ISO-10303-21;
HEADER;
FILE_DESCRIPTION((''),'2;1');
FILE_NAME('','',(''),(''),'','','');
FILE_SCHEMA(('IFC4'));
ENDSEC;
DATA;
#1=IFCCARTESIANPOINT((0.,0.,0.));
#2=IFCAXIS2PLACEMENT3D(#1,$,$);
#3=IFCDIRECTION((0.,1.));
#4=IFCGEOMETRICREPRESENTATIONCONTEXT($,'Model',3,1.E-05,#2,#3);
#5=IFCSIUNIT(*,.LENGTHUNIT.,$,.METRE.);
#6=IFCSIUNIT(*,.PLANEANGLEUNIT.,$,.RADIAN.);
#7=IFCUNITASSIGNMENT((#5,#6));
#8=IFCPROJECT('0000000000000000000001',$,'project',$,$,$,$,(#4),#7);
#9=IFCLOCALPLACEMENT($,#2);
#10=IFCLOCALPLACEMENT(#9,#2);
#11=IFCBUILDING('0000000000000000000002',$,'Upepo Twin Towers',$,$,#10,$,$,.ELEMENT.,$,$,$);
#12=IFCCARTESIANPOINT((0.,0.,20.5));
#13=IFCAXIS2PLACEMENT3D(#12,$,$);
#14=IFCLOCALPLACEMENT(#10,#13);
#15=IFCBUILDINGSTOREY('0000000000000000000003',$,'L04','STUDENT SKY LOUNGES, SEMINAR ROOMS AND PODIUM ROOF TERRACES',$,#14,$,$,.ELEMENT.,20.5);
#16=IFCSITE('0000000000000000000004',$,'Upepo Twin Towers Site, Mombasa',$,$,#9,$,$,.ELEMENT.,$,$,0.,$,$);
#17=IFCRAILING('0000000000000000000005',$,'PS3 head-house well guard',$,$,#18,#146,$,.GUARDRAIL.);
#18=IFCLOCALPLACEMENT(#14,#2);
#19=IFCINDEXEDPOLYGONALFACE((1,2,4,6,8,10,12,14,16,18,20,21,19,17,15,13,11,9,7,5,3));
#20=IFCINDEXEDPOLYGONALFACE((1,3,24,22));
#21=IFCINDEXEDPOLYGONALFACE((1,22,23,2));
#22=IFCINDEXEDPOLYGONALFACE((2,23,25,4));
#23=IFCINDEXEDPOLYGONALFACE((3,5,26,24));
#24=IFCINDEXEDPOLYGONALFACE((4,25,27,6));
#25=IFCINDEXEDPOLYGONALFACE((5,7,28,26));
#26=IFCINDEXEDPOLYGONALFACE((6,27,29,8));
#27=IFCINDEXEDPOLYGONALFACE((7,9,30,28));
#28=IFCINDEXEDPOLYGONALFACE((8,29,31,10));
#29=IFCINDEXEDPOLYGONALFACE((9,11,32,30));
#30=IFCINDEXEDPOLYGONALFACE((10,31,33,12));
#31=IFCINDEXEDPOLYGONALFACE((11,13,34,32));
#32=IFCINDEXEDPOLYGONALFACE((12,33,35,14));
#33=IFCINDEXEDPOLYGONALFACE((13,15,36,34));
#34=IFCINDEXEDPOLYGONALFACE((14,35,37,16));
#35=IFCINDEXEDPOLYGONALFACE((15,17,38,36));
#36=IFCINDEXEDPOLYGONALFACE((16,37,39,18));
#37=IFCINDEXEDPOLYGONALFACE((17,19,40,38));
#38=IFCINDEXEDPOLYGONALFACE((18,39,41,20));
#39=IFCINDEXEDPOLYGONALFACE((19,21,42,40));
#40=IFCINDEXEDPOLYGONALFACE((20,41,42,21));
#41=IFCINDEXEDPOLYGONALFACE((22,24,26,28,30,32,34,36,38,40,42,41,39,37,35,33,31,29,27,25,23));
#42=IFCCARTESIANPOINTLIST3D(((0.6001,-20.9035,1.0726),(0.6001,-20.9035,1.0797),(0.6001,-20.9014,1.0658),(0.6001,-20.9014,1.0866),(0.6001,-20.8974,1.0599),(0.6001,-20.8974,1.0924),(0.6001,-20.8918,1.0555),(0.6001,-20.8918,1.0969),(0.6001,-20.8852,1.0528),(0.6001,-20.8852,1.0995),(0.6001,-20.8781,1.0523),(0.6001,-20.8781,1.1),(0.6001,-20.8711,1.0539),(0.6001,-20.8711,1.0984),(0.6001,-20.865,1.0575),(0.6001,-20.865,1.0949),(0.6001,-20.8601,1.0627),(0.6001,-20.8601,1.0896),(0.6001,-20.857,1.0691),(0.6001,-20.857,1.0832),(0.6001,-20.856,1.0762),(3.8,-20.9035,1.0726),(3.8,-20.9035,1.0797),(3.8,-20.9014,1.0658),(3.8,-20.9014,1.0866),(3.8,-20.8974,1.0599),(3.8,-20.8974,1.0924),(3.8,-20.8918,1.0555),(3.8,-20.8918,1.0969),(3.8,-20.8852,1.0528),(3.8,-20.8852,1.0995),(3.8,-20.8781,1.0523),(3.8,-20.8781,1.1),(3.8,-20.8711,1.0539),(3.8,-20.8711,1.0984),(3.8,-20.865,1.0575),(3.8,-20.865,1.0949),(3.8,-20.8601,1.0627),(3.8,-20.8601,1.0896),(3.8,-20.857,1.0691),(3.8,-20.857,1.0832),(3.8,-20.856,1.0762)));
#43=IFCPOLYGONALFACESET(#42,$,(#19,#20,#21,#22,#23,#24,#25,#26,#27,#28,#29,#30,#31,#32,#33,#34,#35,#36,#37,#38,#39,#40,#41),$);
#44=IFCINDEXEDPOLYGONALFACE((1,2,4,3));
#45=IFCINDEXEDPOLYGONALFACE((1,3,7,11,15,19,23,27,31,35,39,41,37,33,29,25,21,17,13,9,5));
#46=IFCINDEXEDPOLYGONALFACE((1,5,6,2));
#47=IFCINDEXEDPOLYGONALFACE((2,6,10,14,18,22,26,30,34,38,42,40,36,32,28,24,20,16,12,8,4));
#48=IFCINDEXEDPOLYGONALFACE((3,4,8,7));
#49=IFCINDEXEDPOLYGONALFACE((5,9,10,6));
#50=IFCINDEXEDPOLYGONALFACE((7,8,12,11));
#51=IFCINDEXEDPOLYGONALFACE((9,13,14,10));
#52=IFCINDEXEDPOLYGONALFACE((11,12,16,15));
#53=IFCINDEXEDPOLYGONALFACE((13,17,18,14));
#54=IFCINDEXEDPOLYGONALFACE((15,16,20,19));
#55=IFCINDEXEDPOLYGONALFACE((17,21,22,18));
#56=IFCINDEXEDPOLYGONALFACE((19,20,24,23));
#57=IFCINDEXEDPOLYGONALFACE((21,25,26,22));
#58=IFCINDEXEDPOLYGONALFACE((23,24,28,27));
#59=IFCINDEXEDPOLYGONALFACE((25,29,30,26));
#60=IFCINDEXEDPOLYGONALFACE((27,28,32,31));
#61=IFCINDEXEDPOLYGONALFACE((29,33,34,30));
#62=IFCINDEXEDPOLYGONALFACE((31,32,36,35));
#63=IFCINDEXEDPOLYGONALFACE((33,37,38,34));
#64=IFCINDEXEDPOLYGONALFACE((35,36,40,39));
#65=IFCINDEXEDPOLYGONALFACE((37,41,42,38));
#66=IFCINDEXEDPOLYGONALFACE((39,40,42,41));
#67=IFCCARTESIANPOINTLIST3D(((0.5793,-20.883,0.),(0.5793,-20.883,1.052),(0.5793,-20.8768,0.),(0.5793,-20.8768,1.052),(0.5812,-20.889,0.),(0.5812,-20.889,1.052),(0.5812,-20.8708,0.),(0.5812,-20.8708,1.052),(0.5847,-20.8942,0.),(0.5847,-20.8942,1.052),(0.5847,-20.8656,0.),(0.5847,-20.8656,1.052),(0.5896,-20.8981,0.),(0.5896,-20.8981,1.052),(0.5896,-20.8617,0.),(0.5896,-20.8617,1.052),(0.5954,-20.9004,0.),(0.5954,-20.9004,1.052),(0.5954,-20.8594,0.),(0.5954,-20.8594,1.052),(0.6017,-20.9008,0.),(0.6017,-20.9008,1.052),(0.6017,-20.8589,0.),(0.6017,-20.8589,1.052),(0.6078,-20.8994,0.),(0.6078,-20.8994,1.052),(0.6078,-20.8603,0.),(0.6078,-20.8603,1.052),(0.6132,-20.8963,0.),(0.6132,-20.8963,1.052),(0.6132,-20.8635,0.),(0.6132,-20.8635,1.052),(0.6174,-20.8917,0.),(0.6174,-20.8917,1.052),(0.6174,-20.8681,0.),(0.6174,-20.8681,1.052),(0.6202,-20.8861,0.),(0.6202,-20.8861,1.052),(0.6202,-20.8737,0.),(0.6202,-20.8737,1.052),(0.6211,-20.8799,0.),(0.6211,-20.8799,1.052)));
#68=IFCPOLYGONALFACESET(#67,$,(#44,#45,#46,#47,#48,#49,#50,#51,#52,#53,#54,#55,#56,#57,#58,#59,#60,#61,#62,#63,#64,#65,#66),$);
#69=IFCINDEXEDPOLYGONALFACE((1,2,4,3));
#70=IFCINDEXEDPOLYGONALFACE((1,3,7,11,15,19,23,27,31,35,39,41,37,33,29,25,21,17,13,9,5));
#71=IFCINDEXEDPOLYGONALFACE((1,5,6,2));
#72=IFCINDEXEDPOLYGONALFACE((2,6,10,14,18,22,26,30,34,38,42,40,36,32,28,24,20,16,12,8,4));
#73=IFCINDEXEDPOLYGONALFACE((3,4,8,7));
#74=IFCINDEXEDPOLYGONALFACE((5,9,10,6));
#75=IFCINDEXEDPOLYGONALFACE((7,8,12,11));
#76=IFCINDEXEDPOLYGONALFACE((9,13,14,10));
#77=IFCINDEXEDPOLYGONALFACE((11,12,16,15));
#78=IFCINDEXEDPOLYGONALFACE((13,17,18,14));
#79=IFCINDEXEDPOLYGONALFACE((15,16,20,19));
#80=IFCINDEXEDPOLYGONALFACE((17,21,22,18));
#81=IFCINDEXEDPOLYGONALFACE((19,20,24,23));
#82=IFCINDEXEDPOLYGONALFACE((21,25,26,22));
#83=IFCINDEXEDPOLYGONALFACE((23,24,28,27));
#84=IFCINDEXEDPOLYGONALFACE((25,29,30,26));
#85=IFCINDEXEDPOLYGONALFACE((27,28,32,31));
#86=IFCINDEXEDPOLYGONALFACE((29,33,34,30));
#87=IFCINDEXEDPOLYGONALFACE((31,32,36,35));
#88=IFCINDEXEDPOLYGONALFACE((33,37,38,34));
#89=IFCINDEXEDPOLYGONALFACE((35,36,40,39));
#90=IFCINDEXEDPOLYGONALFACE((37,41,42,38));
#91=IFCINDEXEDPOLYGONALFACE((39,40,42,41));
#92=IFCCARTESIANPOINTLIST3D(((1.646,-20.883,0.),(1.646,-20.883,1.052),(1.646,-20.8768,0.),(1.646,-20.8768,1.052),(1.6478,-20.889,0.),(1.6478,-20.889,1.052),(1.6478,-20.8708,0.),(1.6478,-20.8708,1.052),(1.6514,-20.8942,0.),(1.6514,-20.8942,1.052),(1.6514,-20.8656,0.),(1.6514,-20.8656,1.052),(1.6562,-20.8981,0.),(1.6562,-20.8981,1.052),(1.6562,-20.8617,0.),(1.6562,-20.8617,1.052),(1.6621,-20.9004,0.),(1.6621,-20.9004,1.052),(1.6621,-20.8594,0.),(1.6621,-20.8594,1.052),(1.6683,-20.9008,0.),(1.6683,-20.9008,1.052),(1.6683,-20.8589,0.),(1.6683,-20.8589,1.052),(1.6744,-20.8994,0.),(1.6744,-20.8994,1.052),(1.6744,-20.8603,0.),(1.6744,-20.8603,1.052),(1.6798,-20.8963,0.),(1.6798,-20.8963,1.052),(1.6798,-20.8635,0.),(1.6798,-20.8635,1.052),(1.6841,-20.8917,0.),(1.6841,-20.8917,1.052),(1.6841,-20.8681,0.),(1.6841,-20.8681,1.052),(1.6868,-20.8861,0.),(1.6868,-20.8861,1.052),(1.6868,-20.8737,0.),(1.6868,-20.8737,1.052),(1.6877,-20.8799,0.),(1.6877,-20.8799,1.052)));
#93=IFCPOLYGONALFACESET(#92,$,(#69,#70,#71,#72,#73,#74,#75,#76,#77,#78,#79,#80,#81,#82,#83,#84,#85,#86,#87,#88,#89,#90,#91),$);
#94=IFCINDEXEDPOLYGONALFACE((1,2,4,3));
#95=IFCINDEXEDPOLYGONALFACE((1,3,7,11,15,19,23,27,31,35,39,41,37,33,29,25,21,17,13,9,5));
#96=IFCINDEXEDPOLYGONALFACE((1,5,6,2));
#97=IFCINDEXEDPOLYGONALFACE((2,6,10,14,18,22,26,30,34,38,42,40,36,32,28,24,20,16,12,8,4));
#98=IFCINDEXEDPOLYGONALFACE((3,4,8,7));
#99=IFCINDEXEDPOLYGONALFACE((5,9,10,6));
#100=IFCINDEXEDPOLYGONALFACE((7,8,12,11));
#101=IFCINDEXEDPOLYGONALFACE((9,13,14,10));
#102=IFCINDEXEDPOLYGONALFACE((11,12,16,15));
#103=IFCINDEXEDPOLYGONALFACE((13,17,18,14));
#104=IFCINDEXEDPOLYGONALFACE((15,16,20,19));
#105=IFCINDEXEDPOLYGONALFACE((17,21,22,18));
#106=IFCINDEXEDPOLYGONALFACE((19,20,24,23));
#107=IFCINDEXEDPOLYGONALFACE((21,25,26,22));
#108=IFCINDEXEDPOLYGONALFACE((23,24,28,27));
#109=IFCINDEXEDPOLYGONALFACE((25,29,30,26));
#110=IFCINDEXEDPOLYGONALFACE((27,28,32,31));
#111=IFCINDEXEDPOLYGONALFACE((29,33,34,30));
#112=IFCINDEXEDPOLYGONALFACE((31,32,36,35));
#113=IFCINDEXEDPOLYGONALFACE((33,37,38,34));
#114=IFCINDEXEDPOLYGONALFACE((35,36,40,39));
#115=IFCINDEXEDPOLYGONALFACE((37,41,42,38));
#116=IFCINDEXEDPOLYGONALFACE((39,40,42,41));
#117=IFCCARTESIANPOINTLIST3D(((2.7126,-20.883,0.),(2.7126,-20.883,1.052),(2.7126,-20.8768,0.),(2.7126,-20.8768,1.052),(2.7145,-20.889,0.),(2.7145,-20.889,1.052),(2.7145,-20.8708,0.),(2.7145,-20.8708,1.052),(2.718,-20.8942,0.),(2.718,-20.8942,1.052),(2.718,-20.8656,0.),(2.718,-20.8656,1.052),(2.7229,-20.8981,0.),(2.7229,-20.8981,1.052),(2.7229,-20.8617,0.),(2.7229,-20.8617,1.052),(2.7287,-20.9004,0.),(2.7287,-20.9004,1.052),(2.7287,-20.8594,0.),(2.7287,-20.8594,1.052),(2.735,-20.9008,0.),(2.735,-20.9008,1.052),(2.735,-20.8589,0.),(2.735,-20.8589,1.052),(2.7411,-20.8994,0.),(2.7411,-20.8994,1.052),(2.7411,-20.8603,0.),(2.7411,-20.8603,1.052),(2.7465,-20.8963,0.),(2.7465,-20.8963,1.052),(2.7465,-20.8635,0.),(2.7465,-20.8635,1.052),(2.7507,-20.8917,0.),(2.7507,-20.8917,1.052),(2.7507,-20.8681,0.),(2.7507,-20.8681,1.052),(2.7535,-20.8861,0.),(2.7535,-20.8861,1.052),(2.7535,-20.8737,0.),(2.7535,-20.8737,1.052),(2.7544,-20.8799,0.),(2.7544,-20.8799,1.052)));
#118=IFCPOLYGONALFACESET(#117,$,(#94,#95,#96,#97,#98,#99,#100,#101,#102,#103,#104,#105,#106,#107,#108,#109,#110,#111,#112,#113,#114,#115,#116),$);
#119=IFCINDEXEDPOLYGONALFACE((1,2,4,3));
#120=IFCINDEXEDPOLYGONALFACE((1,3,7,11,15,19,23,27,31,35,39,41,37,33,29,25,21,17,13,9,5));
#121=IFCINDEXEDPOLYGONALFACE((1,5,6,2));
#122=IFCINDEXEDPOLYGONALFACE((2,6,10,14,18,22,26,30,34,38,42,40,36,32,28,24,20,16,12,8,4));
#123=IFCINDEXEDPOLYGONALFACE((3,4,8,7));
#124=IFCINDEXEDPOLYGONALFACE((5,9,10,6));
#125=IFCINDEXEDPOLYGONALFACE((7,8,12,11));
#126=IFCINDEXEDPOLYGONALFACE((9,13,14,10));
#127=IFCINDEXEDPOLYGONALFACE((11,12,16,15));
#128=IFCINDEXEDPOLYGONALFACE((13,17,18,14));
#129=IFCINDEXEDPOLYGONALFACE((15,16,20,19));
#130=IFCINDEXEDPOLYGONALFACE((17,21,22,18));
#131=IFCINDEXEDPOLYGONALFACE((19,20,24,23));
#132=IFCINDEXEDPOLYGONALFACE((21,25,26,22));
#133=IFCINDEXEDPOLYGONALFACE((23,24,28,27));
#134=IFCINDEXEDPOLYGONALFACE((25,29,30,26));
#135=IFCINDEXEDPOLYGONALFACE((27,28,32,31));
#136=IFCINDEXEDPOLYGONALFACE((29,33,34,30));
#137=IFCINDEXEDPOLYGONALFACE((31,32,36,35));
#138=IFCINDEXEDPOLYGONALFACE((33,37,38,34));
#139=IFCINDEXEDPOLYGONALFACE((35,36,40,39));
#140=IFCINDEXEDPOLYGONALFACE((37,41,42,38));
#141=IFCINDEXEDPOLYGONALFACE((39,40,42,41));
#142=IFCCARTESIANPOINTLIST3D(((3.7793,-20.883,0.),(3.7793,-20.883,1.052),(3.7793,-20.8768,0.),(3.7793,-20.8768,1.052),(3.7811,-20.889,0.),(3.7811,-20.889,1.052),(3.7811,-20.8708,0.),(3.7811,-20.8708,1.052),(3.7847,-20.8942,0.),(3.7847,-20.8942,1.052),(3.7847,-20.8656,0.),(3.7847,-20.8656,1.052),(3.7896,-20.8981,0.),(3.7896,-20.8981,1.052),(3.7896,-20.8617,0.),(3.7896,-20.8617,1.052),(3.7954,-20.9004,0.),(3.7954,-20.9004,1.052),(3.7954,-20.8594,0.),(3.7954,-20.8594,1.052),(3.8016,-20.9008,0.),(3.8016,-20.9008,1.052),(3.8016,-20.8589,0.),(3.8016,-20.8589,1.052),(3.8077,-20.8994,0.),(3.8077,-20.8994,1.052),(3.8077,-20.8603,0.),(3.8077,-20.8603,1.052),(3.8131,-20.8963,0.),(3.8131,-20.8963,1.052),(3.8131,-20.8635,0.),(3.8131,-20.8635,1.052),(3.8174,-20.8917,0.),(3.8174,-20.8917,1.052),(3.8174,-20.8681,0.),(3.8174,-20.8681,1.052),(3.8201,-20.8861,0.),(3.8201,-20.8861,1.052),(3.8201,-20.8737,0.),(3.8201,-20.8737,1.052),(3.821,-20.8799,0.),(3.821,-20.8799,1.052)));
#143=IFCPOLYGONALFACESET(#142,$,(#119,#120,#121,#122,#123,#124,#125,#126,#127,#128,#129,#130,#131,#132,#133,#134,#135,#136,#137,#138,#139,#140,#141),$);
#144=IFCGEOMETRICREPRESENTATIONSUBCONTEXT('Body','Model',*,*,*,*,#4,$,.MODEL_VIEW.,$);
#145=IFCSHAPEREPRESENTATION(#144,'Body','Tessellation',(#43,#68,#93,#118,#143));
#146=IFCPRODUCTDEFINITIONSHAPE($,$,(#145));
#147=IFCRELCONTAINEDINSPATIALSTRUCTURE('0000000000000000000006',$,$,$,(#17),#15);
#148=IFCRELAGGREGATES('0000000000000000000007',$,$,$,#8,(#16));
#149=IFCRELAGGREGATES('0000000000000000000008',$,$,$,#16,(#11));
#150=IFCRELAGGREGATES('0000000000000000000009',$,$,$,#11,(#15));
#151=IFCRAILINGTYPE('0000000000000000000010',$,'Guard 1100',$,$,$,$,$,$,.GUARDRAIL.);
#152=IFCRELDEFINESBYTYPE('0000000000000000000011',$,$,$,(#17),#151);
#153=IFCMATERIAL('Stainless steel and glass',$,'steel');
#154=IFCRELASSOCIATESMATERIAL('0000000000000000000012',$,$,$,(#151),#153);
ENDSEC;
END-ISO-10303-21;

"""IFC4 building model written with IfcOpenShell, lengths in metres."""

from ifc_helpers import new_model, si_unit, direction, frame, origin, origin_2d, place, context, subcontext, project, spatial, circle, extrude, material, type_object, element, save


model = new_model("IFC4")

# Units and contexts
model_context = context("Model", 3, precision=1e-05, world=origin(), true_north=direction((0.0, 1.0)))
body_context = subcontext(model_context, "Body", "Model", "MODEL_VIEW")
ifc_project = project(units=[si_unit("LENGTHUNIT", "METRE"), si_unit("PLANEANGLEUNIT", "RADIAN")], contexts=[model_context])

# Site, building, storey
site_placement = place(None, origin())
site = spatial("IfcSite", under=ifc_project, at=site_placement, Name="Upepo Twin Towers Site, Mombasa", CompositionType="ELEMENT", RefElevation=0.0)
building_placement = place(site_placement, origin())
building = spatial("IfcBuilding", under=site, at=building_placement, Name="Upepo Twin Towers", CompositionType="ELEMENT")
storey_placement = place(building_placement, frame((0.0, 0.0, 20.5)))
storey = spatial("IfcBuildingStorey", under=building, at=storey_placement, Name="L04", Description="STUDENT SKY LOUNGES, SEMINAR ROOMS AND PODIUM ROOF TERRACES", CompositionType="ELEMENT", Elevation=20.5)

# Railing
ifc_material_1 = material(Name="Stainless steel and glass", Category="steel")
railing_type_1 = type_object("IfcRailingType", Name="Guard 1100", PredefinedType="GUARDRAIL", material=ifc_material_1)
railing_1_placement = place(storey_placement, frame((0.6001, -20.8799, 0.0)))
element("IfcRailing", 1, at=railing_1_placement, inside=storey, type_object=railing_type_1, Name="PS3 head-house well guard", PredefinedType="GUARDRAIL", context=body_context, shape_type="SweptSolid", body=[
    extrude(circle(Radius=0.0239, at=origin_2d()), frame((0.0, 0.0, 1.0762), z_axis=(1.0, 0.0, 0.0), x_axis=(0.0, 1.0, 0.0)), (0.0, 0.0, 1.0), 3.2),
    extrude(circle(Radius=0.021, at=origin_2d()), origin(), (0.0, 0.0, 1.0), 1.052),
    extrude(circle(Radius=0.021, at=origin_2d()), frame((1.0667, 0.0, 0.0)), (0.0, 0.0, 1.0), 1.052),
    extrude(circle(Radius=0.021, at=origin_2d()), frame((2.1333, 0.0, 0.0)), (0.0, 0.0, 1.0), 1.052),
    extrude(circle(Radius=0.021, at=origin_2d()), frame((3.2, 0.0, 0.0)), (0.0, 0.0, 1.0), 1.052),
])

save(model, "model.ifc")
